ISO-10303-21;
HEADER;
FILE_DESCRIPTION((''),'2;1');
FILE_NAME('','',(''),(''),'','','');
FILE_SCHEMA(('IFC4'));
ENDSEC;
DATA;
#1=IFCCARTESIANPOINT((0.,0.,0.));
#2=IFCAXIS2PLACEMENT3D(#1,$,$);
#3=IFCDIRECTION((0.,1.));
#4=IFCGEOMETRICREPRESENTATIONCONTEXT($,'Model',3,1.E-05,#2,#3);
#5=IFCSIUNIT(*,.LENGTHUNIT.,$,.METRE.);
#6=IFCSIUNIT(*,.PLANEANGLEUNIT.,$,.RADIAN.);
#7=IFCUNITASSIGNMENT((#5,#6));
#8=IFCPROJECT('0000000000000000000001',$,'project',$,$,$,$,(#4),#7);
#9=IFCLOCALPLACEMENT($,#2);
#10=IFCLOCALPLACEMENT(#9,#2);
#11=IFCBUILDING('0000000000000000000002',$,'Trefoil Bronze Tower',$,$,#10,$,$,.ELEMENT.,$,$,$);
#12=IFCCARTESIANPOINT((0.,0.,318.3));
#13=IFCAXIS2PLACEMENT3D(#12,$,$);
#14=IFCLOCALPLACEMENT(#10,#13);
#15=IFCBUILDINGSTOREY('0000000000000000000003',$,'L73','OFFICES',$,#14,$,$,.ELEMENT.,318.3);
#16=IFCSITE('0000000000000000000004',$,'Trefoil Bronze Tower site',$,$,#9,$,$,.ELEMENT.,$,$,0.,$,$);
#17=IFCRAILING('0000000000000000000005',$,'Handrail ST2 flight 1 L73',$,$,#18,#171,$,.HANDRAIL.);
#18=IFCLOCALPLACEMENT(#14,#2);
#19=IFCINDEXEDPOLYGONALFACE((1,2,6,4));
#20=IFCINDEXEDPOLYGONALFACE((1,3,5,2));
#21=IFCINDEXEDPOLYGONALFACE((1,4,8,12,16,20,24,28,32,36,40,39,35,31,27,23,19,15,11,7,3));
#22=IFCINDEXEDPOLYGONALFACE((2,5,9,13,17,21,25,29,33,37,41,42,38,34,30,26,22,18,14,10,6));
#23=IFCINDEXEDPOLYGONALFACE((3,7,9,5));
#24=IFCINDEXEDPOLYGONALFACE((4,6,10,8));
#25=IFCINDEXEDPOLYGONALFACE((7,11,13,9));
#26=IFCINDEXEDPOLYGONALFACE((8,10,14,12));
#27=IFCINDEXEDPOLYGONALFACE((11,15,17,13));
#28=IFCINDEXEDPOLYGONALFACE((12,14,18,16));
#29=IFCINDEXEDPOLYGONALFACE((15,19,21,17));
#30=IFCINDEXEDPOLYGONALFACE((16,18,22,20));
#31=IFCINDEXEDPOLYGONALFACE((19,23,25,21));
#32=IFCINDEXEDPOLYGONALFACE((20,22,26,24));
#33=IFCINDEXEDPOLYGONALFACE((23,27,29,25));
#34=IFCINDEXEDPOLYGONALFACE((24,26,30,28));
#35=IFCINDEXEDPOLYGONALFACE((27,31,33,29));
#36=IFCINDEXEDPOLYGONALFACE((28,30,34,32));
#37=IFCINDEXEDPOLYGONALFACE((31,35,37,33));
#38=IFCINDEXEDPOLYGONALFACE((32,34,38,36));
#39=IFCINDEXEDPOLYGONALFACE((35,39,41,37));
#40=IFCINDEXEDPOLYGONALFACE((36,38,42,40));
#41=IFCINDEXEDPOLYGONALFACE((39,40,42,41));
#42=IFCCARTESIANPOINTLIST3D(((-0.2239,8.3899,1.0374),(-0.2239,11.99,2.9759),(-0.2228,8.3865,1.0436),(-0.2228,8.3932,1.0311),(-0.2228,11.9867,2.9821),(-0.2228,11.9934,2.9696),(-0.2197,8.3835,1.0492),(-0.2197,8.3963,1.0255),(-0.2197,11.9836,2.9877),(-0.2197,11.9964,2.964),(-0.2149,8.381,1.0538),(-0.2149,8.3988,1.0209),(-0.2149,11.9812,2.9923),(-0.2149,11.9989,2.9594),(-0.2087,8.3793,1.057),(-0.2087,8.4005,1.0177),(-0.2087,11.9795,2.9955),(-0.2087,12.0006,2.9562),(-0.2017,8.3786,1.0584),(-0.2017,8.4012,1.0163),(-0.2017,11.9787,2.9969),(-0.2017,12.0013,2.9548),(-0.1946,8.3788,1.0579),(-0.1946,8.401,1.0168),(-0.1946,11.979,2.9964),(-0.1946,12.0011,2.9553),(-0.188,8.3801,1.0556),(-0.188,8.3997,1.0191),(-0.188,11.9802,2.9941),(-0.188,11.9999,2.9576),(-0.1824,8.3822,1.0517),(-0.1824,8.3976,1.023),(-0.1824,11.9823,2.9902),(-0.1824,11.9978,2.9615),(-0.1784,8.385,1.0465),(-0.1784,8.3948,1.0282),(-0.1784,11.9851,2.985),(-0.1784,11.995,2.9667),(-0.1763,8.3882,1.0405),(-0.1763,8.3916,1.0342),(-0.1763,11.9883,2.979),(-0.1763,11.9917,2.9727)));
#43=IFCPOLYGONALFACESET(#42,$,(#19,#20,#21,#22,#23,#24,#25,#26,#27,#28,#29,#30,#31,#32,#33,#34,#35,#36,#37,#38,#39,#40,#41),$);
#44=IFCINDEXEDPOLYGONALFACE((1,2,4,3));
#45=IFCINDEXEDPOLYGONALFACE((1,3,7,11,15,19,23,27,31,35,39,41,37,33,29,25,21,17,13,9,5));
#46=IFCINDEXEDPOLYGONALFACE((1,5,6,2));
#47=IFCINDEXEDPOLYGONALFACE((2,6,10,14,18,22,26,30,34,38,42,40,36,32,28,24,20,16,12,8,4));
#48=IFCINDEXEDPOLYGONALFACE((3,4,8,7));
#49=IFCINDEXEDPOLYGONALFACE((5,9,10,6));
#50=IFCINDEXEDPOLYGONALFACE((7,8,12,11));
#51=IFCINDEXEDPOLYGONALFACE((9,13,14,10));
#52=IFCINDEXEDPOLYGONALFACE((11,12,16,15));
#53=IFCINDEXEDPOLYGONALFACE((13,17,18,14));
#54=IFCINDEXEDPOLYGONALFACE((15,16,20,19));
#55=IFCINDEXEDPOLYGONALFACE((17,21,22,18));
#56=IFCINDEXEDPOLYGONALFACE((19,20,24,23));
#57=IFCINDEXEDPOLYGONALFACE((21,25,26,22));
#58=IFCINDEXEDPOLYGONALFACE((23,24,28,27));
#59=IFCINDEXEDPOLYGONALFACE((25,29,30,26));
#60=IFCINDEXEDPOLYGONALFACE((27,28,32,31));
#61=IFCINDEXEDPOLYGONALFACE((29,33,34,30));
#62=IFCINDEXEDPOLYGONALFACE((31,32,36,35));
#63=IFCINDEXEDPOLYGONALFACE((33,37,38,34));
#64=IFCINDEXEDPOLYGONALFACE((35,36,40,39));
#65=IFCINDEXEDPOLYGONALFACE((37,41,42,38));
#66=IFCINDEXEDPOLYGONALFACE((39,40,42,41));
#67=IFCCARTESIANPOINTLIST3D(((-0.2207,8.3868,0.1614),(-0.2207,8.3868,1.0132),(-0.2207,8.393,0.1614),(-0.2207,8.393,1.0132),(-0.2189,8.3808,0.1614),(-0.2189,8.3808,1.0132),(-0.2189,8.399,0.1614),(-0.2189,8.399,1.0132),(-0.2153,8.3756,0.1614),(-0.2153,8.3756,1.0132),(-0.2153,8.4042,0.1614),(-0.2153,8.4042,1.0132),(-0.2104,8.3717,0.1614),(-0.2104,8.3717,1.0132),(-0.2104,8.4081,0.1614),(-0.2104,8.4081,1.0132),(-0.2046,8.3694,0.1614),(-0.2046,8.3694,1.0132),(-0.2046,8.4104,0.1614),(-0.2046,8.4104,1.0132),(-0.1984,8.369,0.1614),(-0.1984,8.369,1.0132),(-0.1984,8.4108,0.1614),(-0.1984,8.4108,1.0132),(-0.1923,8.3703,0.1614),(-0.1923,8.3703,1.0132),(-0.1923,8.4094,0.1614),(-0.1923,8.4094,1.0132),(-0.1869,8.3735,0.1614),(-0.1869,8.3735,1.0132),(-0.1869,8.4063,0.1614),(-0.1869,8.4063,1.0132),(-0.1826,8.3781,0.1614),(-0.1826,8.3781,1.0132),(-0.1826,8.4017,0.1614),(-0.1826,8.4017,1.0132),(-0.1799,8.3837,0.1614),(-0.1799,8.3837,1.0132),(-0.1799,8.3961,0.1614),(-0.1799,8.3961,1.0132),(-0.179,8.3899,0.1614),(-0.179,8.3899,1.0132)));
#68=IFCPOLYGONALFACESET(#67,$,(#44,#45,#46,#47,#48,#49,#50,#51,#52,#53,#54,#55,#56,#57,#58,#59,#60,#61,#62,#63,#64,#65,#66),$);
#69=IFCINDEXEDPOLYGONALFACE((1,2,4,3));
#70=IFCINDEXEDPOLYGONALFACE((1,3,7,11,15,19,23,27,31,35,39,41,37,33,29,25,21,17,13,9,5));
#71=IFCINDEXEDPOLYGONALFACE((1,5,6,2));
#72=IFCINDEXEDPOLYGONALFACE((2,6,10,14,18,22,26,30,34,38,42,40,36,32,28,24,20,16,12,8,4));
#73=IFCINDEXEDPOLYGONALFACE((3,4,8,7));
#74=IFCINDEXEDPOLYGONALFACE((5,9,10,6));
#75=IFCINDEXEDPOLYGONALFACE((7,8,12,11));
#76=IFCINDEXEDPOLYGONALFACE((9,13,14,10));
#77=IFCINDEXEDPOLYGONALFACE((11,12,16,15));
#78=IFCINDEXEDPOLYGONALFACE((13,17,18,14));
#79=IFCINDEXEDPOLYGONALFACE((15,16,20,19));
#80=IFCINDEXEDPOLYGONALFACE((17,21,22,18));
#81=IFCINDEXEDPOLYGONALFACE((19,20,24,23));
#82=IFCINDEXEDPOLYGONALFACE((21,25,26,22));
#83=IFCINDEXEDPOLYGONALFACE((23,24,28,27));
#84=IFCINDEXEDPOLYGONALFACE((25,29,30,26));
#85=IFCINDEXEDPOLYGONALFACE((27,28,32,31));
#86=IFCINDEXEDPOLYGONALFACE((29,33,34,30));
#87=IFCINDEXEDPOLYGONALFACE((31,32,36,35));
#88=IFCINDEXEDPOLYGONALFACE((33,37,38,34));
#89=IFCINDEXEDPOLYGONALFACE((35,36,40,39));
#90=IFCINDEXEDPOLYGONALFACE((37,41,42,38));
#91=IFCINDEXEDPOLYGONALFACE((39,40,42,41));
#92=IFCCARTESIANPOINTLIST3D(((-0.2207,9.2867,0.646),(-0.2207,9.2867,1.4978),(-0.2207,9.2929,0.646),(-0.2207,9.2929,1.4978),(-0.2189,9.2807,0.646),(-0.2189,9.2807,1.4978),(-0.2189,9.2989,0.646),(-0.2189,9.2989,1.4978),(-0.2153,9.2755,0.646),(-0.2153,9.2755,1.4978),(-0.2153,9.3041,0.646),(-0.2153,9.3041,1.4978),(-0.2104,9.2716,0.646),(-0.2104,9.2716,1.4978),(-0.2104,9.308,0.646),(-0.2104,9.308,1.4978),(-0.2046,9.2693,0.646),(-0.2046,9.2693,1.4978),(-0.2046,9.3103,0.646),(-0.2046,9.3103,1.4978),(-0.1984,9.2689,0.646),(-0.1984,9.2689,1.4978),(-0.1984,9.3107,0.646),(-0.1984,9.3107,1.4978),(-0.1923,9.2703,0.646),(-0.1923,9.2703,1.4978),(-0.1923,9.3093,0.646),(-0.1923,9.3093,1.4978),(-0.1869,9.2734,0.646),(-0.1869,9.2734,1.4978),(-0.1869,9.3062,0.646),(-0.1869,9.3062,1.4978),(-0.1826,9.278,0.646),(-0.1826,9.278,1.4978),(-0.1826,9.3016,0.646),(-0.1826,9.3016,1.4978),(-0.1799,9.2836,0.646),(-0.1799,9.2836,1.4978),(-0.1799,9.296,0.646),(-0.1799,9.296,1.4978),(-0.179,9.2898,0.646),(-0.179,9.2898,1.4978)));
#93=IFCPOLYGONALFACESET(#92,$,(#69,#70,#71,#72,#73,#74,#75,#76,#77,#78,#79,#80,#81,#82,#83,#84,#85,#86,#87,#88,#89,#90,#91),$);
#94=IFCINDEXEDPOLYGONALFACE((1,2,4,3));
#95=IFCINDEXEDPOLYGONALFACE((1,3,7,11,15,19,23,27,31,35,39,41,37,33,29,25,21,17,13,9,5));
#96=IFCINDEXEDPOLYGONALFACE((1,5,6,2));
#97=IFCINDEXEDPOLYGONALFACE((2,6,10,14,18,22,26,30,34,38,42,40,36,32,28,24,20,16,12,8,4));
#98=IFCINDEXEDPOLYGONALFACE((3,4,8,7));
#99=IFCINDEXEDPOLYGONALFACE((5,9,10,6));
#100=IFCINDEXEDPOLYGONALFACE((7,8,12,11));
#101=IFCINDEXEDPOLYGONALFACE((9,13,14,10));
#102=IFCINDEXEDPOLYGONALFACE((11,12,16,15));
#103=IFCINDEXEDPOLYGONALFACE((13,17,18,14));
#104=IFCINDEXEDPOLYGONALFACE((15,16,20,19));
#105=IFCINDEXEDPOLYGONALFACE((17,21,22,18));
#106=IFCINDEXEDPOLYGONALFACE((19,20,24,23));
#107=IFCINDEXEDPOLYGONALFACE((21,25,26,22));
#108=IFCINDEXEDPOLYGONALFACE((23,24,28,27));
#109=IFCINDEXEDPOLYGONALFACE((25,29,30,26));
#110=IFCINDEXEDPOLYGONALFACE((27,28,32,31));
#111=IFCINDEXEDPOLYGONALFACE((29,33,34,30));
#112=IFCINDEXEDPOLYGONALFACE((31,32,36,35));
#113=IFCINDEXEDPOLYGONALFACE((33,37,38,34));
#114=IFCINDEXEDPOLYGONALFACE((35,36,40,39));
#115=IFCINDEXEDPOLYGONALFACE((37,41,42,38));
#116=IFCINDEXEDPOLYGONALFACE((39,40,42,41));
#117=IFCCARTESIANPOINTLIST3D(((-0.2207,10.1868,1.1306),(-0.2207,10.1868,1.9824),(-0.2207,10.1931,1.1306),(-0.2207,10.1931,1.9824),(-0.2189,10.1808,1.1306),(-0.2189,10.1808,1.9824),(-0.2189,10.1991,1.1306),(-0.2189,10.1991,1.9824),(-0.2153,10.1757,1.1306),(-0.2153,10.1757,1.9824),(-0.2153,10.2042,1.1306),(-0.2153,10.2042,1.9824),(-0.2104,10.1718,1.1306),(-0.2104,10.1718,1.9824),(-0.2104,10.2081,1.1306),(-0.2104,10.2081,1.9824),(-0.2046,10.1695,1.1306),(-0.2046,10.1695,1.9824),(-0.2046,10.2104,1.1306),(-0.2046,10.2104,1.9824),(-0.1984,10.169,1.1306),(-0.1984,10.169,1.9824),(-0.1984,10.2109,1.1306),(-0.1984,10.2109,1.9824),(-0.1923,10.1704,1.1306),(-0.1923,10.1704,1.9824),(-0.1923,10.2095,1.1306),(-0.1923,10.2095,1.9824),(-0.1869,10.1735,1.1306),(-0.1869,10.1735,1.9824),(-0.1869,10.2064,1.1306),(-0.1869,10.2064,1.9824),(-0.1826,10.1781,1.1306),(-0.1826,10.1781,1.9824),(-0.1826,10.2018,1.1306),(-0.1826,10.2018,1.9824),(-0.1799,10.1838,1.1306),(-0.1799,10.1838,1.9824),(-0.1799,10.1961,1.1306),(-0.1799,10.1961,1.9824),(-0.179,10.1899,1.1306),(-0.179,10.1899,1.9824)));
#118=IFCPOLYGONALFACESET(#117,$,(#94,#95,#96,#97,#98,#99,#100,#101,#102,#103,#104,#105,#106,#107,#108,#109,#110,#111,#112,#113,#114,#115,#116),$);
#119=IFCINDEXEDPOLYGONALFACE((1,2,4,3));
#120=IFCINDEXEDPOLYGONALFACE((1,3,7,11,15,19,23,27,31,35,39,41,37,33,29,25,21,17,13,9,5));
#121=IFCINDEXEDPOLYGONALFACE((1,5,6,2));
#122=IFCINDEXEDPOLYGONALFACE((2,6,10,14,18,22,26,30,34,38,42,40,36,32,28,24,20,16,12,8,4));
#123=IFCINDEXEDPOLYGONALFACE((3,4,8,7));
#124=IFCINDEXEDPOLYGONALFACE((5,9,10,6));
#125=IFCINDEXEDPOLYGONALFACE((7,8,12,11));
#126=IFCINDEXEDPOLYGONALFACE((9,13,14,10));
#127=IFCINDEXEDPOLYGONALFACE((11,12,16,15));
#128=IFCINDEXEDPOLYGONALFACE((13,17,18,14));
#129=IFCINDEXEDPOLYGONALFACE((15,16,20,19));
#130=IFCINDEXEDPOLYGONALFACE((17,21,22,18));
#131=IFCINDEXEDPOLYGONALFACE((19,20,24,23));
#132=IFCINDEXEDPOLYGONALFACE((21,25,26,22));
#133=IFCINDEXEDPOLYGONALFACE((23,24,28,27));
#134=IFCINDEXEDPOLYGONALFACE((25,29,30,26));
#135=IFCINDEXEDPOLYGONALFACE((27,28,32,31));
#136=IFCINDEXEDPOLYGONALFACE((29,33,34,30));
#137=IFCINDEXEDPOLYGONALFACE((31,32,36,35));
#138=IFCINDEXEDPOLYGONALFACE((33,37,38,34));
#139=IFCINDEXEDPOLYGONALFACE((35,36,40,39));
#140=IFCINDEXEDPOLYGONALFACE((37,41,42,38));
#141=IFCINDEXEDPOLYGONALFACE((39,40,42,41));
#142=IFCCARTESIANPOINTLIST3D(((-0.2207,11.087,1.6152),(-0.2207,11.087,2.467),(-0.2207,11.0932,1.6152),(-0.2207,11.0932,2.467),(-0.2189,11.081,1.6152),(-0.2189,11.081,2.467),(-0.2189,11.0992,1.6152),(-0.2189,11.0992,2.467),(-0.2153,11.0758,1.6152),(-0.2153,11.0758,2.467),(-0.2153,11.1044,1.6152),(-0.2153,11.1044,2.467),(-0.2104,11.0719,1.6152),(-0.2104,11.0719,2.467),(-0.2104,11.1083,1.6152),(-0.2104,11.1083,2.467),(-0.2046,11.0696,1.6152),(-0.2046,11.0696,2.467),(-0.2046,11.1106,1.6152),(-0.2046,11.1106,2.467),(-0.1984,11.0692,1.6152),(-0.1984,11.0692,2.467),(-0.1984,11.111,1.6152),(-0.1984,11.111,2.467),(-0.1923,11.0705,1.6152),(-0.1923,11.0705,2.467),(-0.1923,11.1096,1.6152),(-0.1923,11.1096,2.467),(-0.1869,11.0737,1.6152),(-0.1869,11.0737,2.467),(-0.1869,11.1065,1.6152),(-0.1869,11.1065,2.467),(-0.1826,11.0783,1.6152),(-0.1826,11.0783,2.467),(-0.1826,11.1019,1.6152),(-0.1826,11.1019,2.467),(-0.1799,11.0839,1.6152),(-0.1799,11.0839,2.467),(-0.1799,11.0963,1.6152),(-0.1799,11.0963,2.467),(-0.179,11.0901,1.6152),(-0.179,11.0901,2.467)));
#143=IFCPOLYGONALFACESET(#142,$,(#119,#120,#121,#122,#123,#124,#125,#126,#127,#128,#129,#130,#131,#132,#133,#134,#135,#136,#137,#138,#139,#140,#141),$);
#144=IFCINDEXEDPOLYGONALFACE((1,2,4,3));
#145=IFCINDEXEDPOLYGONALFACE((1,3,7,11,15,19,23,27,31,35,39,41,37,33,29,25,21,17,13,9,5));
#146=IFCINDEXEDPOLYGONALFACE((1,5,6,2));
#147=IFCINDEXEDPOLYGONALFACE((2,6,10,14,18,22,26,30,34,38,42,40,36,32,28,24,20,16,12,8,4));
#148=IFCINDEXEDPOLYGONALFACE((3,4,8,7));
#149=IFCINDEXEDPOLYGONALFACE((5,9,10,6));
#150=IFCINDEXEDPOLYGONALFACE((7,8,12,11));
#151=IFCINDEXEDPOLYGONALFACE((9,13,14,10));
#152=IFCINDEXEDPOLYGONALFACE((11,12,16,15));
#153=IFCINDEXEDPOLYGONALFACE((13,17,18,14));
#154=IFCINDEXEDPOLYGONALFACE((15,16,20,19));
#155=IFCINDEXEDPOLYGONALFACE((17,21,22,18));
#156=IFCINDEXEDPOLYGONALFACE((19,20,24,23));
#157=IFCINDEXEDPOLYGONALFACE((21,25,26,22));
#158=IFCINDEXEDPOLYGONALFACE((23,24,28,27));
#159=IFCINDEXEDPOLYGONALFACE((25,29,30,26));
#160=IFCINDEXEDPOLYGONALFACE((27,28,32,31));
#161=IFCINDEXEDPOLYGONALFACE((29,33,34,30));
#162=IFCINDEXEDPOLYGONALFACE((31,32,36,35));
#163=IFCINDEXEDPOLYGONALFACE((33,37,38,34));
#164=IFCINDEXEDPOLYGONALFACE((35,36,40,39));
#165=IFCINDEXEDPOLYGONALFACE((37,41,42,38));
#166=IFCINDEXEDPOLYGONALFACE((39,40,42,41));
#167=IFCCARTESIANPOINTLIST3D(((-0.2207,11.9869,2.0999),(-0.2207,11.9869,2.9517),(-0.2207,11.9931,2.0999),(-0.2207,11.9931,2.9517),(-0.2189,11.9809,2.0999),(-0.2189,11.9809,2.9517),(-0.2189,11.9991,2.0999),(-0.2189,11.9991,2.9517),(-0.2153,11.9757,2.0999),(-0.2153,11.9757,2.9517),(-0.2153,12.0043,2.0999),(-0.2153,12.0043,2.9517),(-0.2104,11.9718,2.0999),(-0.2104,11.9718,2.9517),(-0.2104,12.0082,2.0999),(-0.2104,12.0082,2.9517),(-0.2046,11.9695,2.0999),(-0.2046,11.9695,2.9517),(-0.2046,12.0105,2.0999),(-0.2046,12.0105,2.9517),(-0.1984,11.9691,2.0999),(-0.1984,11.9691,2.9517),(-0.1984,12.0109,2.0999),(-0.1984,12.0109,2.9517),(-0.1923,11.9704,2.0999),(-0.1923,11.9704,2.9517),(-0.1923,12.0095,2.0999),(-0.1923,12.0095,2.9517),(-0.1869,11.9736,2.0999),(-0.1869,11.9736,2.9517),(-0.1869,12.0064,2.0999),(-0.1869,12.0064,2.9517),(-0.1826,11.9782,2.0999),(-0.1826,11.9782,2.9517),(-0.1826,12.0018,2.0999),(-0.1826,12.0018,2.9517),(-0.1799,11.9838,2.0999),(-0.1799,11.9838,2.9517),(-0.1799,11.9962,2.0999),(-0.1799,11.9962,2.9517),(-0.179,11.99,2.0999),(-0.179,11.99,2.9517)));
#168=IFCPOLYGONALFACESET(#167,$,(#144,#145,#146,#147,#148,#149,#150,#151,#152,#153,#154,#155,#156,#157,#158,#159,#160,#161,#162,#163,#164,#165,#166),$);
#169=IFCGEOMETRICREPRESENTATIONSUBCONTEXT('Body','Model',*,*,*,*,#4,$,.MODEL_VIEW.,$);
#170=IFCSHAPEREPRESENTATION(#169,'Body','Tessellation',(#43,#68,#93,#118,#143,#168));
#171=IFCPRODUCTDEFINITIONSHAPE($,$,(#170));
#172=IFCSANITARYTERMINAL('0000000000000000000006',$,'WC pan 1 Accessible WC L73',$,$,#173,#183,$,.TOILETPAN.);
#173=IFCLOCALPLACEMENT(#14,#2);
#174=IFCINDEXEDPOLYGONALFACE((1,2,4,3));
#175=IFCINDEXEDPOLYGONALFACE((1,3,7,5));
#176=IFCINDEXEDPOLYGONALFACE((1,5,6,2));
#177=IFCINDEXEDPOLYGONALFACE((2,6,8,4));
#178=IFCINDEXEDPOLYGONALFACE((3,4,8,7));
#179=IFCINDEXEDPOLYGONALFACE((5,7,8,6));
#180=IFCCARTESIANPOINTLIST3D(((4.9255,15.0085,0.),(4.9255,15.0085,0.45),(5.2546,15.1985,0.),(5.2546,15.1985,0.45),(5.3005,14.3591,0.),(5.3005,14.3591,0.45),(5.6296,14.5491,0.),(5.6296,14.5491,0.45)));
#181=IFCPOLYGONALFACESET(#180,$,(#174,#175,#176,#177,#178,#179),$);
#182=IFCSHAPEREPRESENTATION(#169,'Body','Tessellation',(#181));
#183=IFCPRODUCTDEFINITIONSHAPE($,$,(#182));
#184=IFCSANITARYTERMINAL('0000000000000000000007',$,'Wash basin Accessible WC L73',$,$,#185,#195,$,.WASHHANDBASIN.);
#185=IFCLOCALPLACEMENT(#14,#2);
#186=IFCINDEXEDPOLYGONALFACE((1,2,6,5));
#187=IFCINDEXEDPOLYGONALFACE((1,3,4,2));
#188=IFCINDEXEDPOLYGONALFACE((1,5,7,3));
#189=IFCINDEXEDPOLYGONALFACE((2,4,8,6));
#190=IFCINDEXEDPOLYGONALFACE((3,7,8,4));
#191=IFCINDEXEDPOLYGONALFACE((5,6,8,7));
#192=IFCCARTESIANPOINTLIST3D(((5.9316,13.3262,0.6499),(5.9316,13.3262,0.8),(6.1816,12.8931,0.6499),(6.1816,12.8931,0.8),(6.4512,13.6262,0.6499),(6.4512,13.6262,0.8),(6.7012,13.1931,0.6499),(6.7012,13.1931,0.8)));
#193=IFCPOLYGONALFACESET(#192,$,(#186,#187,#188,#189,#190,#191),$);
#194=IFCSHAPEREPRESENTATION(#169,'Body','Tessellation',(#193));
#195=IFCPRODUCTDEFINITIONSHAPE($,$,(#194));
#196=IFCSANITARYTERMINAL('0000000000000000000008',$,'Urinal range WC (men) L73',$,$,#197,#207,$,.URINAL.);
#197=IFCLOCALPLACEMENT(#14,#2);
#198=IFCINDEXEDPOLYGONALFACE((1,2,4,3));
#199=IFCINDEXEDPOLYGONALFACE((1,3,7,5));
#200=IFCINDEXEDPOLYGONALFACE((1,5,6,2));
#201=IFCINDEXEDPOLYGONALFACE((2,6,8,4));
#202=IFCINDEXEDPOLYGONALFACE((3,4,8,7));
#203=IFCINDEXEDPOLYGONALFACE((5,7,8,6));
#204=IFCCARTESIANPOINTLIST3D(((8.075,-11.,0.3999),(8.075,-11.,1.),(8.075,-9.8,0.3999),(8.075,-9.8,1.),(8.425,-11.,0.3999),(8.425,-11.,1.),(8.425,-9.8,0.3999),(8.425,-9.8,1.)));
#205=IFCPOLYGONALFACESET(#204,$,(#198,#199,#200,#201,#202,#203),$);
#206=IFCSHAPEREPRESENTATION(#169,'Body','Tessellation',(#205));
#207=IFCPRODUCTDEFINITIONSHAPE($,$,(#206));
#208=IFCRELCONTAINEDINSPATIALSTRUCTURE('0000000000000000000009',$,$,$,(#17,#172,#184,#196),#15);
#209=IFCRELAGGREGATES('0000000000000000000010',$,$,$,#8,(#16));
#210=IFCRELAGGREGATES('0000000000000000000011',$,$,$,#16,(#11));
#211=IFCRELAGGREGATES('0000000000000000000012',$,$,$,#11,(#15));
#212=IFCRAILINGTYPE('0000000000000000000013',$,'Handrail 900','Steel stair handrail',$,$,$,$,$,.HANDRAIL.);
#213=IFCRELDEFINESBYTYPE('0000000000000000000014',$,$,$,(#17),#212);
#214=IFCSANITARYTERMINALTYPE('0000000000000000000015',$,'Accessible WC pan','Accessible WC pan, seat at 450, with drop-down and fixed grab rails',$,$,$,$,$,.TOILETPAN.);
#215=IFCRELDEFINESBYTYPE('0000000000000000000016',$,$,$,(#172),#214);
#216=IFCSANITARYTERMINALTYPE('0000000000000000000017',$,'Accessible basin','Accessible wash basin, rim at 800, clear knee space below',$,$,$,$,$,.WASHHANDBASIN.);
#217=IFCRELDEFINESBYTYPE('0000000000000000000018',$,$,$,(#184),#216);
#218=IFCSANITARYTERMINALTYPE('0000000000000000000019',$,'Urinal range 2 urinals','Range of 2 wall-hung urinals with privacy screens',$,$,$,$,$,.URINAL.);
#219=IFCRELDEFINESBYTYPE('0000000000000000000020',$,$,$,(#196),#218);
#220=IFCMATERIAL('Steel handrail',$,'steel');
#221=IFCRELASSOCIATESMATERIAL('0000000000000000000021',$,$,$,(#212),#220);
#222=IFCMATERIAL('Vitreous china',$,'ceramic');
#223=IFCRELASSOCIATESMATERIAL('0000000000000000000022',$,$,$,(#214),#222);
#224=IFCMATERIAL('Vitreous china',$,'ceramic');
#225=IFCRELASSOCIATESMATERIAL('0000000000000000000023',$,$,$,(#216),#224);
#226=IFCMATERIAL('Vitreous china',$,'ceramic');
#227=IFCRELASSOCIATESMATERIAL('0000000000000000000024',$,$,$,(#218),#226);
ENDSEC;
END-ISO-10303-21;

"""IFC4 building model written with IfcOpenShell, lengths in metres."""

from ifc_helpers import new_model, si_unit, direction, frame, origin, origin_2d, place, context, subcontext, project, spatial, polyline, circle, outline, extrude, material, type_object, element, save


model = new_model("IFC4")

# Units and contexts
model_context = context("Model", 3, precision=1e-05, world=origin(), true_north=direction((0.0, 1.0)))
body_context = subcontext(model_context, "Body", "Model", "MODEL_VIEW")
ifc_project = project(units=[si_unit("LENGTHUNIT", "METRE"), si_unit("PLANEANGLEUNIT", "RADIAN")], contexts=[model_context])

# Site, building, storey
site_placement = place(None, origin())
site = spatial("IfcSite", under=ifc_project, at=site_placement, Name="Trefoil Bronze Tower site", CompositionType="ELEMENT", RefElevation=0.0)
building_placement = place(site_placement, origin())
building = spatial("IfcBuilding", under=site, at=building_placement, Name="Trefoil Bronze Tower", CompositionType="ELEMENT")
storey_placement = place(building_placement, frame((0.0, 0.0, 318.3)))
storey = spatial("IfcBuildingStorey", under=building, at=storey_placement, Name="L73", Description="OFFICES", CompositionType="ELEMENT", Elevation=318.3)

# Railing
ifc_material_1 = material(Name="Steel handrail", Category="steel")
railing_type = type_object("IfcRailingType", Name="Handrail 900", Description="Steel stair handrail", PredefinedType="HANDRAIL", material=ifc_material_1)
railing_placement = place(storey_placement, frame((-0.2, 8.3899, 0.1614)))
element("IfcRailing", 1, at=railing_placement, inside=storey, type_object=railing_type, Name="Handrail ST2 flight 1 L73", PredefinedType="HANDRAIL", context=body_context, shape_type="SweptSolid", body=[
    extrude(circle(Radius=0.0239, at=origin_2d()), frame((0.0, 0.0, 0.876), z_axis=(0.0, 0.880475, 0.474093), x_axis=(-1.0, 0.0, 0.0)), (0.0, 0.0, 1.0), 4.0889),
    extrude(circle(Radius=0.021, at=origin_2d()), origin(), (0.0, 0.0, 1.0), 0.8518),
    extrude(circle(Radius=0.021, at=origin_2d()), frame((0.0, 0.8999, 0.4846)), (0.0, 0.0, 1.0), 0.8518),
    extrude(circle(Radius=0.021, at=origin_2d()), frame((0.0, 1.8, 0.9692)), (0.0, 0.0, 1.0), 0.8518),
    extrude(circle(Radius=0.021, at=origin_2d()), frame((0.0, 2.7002, 1.4539)), (0.0, 0.0, 1.0), 0.8518),
    extrude(circle(Radius=0.021, at=origin_2d()), frame((0.0, 3.6001, 1.9385)), (0.0, 0.0, 1.0), 0.8518),
])

# Sanitary terminals
ifc_material_2 = material(Name="Vitreous china", Category="ceramic")
sanitary_terminal_type_1 = type_object("IfcSanitaryTerminalType", Name="Accessible WC pan", Description="Accessible WC pan, seat at 450, with drop-down and fixed grab rails", PredefinedType="TOILETPAN", material=ifc_material_2)
sanitary_terminal_1_placement = place(storey_placement, origin())
element("IfcSanitaryTerminal", 2, at=sanitary_terminal_1_placement, inside=storey, type_object=sanitary_terminal_type_1, Name="WC pan 1 Accessible WC L73", PredefinedType="TOILETPAN", context=body_context, shape_type="SweptSolid", body=[
    extrude(outline(polyline([(5.3005, 14.3591), (4.9255, 15.0085), (5.2546, 15.1985), (5.6296, 14.5491), (5.3005, 14.3591)])), origin(), (0.0, 0.0, 1.0), 0.45),
])
ifc_material_3 = material(Name="Vitreous china", Category="ceramic")
sanitary_terminal_type_2 = type_object("IfcSanitaryTerminalType", Name="Accessible basin", Description="Accessible wash basin, rim at 800, clear knee space below", PredefinedType="WASHHANDBASIN", material=ifc_material_3)
sanitary_terminal_2_placement = place(storey_placement, frame((0.0, 0.0, 0.6499)))
element("IfcSanitaryTerminal", 3, at=sanitary_terminal_2_placement, inside=storey, type_object=sanitary_terminal_type_2, Name="Wash basin Accessible WC L73", PredefinedType="WASHHANDBASIN", context=body_context, shape_type="SweptSolid", body=[
    extrude(outline(polyline([(6.1816, 12.8931), (5.9316, 13.3262), (6.4512, 13.6262), (6.7012, 13.1931), (6.1816, 12.8931)])), origin(), (0.0, 0.0, 1.0), 0.1501),
])
ifc_material_4 = material(Name="Vitreous china", Category="ceramic")
sanitary_terminal_type_3 = type_object("IfcSanitaryTerminalType", Name="Urinal range 2 urinals", Description="Range of 2 wall-hung urinals with privacy screens", PredefinedType="URINAL", material=ifc_material_4)
sanitary_terminal_3_placement = place(storey_placement, frame((0.0, 0.0, 0.3999)))
element("IfcSanitaryTerminal", 4, at=sanitary_terminal_3_placement, inside=storey, type_object=sanitary_terminal_type_3, Name="Urinal range WC (men) L73", PredefinedType="URINAL", context=body_context, shape_type="SweptSolid", body=[
    extrude(outline(polyline([(8.075, -9.8), (8.425, -9.8), (8.425, -11.0), (8.075, -11.0), (8.075, -9.8)])), origin(), (0.0, 0.0, 1.0), 0.6001),
])

save(model, "model.ifc")
